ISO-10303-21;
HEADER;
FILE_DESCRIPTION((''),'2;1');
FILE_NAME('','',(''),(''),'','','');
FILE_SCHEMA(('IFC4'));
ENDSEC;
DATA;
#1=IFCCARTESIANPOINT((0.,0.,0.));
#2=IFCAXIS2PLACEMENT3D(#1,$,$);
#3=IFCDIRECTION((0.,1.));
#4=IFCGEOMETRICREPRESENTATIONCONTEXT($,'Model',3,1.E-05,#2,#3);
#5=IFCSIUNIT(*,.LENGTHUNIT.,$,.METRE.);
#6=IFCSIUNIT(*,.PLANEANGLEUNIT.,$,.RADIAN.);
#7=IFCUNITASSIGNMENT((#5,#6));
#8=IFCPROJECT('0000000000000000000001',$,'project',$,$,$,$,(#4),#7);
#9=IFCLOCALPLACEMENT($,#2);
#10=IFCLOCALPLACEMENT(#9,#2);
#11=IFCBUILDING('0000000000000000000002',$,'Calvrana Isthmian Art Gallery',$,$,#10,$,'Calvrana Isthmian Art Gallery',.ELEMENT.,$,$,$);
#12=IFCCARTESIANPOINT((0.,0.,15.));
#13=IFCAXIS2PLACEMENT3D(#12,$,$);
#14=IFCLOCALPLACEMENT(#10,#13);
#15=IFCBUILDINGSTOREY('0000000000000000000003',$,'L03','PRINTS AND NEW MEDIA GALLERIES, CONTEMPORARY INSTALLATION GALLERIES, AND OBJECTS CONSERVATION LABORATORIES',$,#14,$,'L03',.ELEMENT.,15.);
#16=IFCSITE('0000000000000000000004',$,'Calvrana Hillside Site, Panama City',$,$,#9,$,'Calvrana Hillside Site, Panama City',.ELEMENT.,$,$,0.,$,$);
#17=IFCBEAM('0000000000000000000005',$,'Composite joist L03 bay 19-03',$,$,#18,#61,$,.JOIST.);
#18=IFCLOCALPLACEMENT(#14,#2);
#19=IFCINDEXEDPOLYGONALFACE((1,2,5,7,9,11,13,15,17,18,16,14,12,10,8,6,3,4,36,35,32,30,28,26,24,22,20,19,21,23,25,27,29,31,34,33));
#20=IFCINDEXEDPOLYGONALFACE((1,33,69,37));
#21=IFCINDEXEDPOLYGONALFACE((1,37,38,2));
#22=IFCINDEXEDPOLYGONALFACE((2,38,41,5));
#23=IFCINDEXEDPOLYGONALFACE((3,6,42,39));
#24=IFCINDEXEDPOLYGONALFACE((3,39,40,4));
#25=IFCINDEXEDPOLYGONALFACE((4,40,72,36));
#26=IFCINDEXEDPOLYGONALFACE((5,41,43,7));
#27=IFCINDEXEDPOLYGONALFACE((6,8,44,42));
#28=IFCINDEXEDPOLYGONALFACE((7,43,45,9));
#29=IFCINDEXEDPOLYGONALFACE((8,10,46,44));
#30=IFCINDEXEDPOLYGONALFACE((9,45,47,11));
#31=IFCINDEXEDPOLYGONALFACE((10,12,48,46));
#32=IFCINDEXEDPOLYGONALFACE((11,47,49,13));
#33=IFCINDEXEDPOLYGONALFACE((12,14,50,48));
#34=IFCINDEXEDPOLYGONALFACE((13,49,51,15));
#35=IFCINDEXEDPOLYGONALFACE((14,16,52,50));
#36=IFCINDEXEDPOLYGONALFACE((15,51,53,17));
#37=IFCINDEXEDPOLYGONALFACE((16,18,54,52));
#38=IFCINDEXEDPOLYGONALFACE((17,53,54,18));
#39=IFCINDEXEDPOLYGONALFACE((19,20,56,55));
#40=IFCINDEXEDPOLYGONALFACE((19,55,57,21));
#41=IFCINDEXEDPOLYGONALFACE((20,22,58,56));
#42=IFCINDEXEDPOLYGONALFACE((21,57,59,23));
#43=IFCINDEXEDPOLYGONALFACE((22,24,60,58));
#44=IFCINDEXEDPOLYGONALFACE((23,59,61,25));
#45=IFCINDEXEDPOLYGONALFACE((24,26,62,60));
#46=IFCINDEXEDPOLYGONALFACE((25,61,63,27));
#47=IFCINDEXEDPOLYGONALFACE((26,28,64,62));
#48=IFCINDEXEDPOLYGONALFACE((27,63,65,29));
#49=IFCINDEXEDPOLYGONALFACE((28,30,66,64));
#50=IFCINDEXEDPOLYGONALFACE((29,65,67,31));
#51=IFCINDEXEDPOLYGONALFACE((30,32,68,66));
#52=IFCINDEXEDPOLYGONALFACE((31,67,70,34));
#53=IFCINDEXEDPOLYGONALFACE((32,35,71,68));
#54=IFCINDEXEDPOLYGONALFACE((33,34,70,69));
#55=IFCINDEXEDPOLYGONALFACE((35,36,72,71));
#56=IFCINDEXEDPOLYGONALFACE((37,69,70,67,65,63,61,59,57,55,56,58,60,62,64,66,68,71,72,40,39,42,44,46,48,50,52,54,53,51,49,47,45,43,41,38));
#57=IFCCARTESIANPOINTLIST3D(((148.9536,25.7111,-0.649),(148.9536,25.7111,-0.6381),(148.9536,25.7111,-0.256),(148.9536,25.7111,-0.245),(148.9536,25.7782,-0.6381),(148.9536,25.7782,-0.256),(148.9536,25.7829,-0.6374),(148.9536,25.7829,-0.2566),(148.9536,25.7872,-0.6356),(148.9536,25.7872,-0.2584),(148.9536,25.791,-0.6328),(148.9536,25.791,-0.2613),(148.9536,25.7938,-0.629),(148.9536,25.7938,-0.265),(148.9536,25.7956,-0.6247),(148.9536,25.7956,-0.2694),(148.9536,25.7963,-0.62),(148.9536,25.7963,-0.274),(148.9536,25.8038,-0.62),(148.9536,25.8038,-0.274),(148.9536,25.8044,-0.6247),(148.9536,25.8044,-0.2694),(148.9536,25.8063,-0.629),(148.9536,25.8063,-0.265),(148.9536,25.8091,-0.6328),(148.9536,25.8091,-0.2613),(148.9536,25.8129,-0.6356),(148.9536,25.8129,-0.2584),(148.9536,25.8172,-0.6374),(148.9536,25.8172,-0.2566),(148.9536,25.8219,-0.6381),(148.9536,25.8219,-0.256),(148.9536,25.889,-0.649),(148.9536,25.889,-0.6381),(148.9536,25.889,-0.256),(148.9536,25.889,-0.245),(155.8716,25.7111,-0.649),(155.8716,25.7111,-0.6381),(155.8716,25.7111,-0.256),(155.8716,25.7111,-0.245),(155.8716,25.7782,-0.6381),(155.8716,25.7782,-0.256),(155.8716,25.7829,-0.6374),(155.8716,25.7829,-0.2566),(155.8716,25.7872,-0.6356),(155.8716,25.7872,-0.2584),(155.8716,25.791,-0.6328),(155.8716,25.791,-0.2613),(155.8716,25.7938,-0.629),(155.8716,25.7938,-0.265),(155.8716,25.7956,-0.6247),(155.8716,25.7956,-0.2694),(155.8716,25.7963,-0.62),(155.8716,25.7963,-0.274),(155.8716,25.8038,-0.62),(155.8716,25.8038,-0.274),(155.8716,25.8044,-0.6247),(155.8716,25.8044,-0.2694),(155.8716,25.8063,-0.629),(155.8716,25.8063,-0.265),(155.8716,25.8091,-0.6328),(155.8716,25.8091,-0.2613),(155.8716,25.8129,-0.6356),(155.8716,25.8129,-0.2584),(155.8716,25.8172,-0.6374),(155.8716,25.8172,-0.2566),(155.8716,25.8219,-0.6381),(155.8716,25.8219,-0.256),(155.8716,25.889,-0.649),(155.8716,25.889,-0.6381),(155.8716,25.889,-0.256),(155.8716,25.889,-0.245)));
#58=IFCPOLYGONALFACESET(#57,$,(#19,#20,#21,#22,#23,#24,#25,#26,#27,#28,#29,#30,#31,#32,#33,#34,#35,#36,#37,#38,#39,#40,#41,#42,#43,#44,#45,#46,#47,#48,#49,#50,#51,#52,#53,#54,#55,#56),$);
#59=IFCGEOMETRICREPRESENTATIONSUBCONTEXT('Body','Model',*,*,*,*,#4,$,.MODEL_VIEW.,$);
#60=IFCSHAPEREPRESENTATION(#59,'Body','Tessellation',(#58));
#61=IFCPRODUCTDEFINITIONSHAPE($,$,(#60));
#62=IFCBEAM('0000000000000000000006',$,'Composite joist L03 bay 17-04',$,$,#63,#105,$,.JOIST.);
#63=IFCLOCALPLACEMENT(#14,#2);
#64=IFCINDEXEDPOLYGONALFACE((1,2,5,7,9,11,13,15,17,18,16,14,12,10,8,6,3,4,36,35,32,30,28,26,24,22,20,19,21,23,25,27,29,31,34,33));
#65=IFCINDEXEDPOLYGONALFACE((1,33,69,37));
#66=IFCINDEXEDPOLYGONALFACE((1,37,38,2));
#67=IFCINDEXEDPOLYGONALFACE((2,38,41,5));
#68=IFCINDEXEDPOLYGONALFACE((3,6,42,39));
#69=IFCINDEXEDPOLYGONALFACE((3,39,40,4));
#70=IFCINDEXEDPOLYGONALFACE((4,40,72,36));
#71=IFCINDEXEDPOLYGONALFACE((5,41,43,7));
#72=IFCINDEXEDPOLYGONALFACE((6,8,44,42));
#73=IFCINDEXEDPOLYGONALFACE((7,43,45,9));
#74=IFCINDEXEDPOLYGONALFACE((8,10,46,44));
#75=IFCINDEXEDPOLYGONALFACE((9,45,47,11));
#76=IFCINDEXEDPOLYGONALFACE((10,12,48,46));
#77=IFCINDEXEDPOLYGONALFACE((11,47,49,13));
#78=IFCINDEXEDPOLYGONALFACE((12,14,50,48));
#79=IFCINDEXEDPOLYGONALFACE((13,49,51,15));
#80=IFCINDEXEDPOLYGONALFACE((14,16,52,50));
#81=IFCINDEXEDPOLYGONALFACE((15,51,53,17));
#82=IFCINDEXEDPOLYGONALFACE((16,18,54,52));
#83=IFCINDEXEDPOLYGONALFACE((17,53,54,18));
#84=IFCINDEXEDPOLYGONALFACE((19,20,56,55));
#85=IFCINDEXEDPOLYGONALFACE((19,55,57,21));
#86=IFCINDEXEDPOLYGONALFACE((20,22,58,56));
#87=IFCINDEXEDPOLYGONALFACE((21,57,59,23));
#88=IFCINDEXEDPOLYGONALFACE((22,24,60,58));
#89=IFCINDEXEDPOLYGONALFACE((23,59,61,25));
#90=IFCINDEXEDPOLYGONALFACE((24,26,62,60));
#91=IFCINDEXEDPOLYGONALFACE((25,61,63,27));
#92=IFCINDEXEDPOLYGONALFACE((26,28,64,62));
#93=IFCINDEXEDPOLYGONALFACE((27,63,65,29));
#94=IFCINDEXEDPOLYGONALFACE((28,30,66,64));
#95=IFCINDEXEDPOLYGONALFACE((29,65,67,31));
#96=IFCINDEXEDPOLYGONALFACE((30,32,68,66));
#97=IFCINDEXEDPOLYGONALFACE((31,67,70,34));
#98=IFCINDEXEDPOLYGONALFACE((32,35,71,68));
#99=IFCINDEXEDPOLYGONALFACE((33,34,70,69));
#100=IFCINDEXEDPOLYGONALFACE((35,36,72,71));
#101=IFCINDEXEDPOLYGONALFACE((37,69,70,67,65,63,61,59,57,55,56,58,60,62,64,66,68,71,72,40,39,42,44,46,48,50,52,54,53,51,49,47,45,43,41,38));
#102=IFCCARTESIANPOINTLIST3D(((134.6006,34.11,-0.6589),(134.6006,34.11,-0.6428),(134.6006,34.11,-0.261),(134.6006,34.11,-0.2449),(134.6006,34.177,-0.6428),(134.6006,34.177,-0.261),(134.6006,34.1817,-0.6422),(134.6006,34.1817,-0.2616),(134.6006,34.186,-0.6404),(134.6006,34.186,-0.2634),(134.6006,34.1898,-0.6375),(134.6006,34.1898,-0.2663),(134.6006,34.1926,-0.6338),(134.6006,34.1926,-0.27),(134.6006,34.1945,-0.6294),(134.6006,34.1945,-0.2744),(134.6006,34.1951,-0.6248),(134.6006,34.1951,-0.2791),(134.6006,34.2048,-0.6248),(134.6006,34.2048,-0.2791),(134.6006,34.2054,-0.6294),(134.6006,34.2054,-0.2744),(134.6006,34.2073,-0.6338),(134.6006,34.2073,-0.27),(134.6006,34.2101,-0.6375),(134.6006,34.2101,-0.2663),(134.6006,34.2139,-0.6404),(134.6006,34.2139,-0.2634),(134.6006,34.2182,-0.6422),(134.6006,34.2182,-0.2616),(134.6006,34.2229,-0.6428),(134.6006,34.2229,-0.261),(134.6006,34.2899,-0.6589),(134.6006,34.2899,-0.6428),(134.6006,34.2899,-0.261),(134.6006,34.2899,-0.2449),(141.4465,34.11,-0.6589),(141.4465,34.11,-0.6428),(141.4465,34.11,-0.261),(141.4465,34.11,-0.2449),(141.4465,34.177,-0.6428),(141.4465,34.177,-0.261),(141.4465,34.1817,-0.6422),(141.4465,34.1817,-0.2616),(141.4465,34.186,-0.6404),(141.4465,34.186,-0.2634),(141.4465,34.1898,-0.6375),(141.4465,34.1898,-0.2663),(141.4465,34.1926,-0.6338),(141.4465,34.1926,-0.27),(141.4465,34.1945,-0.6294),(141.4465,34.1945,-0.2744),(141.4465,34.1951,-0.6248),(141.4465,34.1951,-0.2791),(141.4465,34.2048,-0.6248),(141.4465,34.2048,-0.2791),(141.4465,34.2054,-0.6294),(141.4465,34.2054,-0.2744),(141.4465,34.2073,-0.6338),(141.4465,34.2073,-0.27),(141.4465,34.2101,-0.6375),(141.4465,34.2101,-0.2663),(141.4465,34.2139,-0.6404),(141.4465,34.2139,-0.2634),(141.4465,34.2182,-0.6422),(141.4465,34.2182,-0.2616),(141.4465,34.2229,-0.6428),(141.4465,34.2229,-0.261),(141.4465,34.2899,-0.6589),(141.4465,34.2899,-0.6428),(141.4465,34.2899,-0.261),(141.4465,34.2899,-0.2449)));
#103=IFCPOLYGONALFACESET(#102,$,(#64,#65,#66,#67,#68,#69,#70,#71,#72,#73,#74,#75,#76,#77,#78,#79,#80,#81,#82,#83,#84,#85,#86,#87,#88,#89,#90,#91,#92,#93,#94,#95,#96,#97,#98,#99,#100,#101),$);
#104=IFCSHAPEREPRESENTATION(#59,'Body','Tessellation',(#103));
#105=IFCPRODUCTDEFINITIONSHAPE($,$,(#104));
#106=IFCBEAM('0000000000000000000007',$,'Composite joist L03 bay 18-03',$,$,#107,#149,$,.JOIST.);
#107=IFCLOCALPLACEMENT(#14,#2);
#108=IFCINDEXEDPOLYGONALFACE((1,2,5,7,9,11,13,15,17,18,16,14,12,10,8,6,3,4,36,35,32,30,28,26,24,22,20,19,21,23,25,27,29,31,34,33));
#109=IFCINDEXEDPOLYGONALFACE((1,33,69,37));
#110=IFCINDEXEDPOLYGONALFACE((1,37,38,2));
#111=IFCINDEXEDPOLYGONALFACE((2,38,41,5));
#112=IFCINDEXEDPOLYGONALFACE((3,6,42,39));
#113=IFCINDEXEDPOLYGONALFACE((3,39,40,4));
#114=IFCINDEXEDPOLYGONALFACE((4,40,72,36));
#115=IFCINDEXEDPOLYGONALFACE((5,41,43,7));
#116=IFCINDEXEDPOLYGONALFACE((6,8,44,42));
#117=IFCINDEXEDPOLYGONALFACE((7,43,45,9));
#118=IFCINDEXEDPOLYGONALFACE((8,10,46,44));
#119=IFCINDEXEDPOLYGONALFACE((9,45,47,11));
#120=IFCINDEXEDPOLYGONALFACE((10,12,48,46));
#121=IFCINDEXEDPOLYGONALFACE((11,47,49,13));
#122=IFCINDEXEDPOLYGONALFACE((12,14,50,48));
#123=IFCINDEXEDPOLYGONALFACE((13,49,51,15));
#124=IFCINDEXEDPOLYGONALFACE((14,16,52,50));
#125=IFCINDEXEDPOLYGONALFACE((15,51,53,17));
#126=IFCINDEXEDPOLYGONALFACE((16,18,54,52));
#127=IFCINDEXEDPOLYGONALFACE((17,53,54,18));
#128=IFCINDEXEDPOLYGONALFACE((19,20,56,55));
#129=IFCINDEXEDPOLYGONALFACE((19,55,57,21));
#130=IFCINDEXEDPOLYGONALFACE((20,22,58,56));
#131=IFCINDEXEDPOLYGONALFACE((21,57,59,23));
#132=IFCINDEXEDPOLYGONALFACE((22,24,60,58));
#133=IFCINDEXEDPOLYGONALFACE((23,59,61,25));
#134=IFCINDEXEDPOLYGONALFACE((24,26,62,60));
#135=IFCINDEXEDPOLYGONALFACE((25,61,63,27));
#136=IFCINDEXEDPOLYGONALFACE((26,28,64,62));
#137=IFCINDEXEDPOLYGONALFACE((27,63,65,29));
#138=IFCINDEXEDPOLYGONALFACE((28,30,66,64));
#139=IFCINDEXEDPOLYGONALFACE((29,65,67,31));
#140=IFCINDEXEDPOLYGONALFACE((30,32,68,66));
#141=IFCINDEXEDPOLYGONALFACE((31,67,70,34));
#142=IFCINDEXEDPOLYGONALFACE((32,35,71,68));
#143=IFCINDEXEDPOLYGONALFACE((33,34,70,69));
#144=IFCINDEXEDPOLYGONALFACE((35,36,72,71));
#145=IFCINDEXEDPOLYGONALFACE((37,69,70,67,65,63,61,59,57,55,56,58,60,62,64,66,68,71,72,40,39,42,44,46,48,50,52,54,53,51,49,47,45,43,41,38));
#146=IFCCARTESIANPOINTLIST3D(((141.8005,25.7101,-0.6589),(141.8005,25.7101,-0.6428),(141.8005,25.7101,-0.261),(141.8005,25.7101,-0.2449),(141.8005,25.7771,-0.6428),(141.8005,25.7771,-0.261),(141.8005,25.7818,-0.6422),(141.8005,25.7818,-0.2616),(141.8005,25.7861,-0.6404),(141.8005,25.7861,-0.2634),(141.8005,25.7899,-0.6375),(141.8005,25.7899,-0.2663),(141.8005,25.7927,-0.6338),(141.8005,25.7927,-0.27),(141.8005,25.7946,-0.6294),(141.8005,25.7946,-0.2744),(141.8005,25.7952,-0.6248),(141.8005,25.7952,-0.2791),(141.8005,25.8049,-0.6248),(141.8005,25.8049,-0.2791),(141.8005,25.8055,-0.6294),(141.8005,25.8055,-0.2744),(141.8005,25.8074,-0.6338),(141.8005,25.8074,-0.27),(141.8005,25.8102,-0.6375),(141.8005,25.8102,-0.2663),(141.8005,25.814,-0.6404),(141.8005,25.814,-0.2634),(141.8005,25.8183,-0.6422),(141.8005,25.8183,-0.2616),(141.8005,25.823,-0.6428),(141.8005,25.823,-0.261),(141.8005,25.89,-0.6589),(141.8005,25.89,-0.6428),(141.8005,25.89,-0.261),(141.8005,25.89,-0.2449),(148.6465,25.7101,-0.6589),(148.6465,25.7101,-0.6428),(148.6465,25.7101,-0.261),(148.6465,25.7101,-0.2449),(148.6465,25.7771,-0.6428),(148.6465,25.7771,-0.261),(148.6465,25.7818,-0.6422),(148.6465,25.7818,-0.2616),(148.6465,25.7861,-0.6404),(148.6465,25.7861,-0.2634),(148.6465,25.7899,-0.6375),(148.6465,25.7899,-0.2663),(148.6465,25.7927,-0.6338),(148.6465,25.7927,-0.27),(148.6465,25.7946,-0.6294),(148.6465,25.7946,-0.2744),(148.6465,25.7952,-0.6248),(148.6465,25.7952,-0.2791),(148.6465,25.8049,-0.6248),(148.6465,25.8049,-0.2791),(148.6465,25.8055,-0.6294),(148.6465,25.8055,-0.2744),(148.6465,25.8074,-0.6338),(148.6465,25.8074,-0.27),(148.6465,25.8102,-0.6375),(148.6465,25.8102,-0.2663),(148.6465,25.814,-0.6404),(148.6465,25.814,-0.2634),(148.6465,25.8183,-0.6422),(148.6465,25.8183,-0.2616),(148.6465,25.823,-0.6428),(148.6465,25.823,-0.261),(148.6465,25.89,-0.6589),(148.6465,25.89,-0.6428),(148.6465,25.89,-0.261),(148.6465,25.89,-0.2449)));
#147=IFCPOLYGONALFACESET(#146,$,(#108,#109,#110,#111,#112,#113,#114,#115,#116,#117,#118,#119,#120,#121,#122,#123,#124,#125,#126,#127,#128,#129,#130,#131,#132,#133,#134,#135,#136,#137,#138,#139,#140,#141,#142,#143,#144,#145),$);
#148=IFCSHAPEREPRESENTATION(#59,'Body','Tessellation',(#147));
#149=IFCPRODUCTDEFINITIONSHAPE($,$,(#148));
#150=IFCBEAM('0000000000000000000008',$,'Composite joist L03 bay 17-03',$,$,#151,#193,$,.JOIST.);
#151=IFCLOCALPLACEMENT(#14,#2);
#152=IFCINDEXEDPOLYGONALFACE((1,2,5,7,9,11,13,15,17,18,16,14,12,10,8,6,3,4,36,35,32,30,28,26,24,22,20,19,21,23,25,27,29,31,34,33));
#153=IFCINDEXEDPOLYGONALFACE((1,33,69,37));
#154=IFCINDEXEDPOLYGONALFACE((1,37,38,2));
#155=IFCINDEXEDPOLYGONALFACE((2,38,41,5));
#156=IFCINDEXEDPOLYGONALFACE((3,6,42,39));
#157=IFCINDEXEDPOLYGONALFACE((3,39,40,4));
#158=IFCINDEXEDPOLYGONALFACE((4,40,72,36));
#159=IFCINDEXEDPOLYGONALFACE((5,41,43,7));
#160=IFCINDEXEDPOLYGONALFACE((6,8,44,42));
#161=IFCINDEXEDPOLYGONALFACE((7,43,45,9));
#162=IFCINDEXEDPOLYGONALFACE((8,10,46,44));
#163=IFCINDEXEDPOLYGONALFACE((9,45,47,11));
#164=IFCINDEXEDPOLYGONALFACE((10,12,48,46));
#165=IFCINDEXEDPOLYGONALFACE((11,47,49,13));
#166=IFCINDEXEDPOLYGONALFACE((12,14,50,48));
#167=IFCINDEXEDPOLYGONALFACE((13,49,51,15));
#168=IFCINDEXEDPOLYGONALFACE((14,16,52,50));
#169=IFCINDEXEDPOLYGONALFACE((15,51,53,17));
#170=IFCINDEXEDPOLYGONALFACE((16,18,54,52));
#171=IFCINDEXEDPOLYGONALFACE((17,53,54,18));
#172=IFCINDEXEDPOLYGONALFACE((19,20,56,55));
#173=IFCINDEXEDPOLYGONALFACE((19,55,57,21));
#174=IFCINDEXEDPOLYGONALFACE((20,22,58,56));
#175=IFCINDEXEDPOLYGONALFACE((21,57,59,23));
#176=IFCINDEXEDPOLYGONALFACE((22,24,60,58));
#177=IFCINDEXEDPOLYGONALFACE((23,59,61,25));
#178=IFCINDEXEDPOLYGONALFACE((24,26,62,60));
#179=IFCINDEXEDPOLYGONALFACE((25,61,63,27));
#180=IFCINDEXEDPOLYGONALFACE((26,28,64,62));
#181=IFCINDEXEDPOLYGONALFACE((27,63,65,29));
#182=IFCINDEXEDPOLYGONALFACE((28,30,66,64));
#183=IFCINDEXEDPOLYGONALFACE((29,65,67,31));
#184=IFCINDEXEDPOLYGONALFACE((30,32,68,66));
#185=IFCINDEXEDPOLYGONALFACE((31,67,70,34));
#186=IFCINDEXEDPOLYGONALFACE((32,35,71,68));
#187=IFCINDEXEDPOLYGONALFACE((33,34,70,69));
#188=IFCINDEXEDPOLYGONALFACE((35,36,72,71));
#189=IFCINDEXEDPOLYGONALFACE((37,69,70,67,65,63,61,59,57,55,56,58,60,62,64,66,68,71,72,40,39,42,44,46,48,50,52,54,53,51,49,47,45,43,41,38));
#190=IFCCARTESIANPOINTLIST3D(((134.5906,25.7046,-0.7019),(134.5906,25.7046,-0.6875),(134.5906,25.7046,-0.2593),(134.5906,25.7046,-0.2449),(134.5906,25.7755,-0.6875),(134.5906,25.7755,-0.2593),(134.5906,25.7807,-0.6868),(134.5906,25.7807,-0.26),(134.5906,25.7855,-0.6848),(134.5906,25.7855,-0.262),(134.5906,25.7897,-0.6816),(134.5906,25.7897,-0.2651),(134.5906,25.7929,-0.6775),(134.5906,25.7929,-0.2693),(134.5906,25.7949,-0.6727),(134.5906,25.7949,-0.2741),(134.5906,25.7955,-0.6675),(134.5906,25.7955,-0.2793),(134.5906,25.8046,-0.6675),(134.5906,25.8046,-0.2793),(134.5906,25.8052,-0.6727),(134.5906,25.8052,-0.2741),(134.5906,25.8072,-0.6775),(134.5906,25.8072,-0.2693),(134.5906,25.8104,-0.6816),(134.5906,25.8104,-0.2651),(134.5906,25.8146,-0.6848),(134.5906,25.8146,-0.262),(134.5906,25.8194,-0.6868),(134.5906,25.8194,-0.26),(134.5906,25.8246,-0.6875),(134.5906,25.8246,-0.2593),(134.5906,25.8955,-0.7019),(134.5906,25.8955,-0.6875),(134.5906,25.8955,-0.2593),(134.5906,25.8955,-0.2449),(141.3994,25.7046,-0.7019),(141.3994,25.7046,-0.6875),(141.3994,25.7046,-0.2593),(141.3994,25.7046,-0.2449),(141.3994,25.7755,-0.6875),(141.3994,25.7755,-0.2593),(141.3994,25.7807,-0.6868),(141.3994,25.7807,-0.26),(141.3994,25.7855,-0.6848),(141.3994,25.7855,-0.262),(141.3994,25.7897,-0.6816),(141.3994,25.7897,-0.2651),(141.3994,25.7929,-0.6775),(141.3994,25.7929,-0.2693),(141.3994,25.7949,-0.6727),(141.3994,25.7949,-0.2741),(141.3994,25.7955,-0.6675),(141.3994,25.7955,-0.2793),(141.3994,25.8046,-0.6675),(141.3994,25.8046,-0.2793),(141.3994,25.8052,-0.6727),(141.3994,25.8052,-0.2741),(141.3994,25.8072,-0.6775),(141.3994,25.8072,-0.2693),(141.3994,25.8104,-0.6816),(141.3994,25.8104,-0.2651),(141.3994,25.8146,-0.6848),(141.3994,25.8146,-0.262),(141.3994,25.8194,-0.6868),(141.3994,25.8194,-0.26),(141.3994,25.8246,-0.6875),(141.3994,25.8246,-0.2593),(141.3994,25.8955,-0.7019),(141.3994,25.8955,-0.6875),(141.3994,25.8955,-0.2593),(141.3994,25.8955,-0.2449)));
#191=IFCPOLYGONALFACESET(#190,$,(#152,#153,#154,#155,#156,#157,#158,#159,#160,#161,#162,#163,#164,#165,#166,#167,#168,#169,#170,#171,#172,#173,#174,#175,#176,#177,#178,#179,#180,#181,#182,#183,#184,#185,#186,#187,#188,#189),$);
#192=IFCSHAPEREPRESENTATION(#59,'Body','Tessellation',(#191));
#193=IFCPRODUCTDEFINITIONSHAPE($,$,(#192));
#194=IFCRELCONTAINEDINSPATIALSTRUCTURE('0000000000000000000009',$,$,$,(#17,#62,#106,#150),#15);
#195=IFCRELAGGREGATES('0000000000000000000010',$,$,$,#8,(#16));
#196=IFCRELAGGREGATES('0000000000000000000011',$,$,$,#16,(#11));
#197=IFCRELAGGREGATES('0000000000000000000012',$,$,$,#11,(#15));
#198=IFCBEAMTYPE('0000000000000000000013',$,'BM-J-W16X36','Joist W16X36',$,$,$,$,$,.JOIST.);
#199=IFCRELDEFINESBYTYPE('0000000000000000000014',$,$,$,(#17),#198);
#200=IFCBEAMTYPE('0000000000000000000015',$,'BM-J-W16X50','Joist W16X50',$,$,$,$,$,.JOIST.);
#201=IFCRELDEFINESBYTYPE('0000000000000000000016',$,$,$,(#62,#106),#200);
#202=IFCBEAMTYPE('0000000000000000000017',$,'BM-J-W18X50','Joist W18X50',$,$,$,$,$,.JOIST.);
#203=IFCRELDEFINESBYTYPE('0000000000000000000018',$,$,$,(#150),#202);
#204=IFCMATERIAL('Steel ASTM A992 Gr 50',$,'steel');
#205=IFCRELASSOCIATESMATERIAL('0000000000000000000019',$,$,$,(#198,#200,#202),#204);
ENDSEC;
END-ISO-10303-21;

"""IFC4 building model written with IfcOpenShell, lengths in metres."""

from ifc_helpers import new_model, si_unit, direction, frame, origin, origin_2d, place, context, subcontext, project, spatial, i_section, extrude, material, material_profile, profile_set, type_object, element, save


model = new_model("IFC4")

# Units and contexts
model_context = context("Model", 3, precision=1e-05, world=origin(), true_north=direction((0.0, 1.0)))
body_context = subcontext(model_context, "Body", "Model", "MODEL_VIEW")
ifc_project = project(units=[si_unit("LENGTHUNIT", "METRE"), si_unit("PLANEANGLEUNIT", "RADIAN")], contexts=[model_context])

# Site, building, storey
site_placement = place(None, origin())
site = spatial("IfcSite", under=ifc_project, at=site_placement, Name="Calvrana Hillside Site, Panama City", LongName="Calvrana Hillside Site, Panama City", CompositionType="ELEMENT", RefElevation=0.0)
building_placement = place(site_placement, origin())
building = spatial("IfcBuilding", under=site, at=building_placement, Name="Calvrana Isthmian Art Gallery", LongName="Calvrana Isthmian Art Gallery", CompositionType="ELEMENT")
storey_placement = place(building_placement, frame((0.0, 0.0, 15.0)))
storey = spatial("IfcBuildingStorey", under=building, at=storey_placement, Name="L03", Description="PRINTS AND NEW MEDIA GALLERIES, CONTEMPORARY INSTALLATION GALLERIES, AND OBJECTS CONSERVATION LABORATORIES", LongName="L03", CompositionType="ELEMENT", Elevation=15.0)

# Shared definitions
ifc_material_1 = material(Name="Steel ASTM A992 Gr 50", Category="steel")

# Beams
ifc_material_profile_1 = material_profile(ifc_material_1, i_section(OverallWidth=0.178, OverallDepth=0.4041, WebThickness=0.0076, FlangeThickness=0.011, FilletRadius=0.0181, at=origin_2d()), Name="W16X36")
ifc_profile_set_1 = profile_set([ifc_material_profile_1], Name="Steel ASTM A992 Gr 50")
beam_type_1 = type_object("IfcBeamType", Name="BM-J-W16X36", Description="Joist W16X36", PredefinedType="JOIST", material=ifc_profile_set_1)
for number, where, z_axis, x_axis, name in (
    (1, (148.9536, 25.8, -0.447), (1.0, 0.0, 0.0), (0.0, 1.0, 0.0), "Composite joist L03 bay 19-03"),
):
    element("IfcBeam", number, at=place(storey_placement, frame(where, z_axis=z_axis, x_axis=x_axis)), inside=storey, type_object=beam_type_1, Name=name, PredefinedType="JOIST", context=body_context, shape_type="SweptSolid", body=[
        extrude(i_section(OverallWidth=0.178, OverallDepth=0.4041, WebThickness=0.0076, FlangeThickness=0.011, FilletRadius=0.0181, at=origin_2d()), origin(), (0.0, 0.0, 1.0), 6.918),
    ])
ifc_material_profile_2 = material_profile(ifc_material_1, i_section(OverallWidth=0.1799, OverallDepth=0.4141, WebThickness=0.0098, FlangeThickness=0.0161, FilletRadius=0.0181, at=origin_2d()), Name="W16X50")
ifc_profile_set_2 = profile_set([ifc_material_profile_2], Name="Steel ASTM A992 Gr 50")
beam_type_2 = type_object("IfcBeamType", Name="BM-J-W16X50", Description="Joist W16X50", PredefinedType="JOIST", material=ifc_profile_set_2)
for number, where, z_axis, x_axis, name in (
    (2, (134.6006, 34.2, -0.4519), (1.0, 0.0, 0.0), (0.0, 1.0, 0.0), "Composite joist L03 bay 17-04"),
    (3, (141.8005, 25.8, -0.4519), (1.0, 0.0, 0.0), (0.0, 1.0, 0.0), "Composite joist L03 bay 18-03"),
):
    element("IfcBeam", number, at=place(storey_placement, frame(where, z_axis=z_axis, x_axis=x_axis)), inside=storey, type_object=beam_type_2, Name=name, PredefinedType="JOIST", context=body_context, shape_type="SweptSolid", body=[
        extrude(i_section(OverallWidth=0.1799, OverallDepth=0.4141, WebThickness=0.0098, FlangeThickness=0.0161, FilletRadius=0.0181, at=origin_2d()), origin(), (0.0, 0.0, 1.0), 6.8459),
    ])
ifc_material_profile_3 = material_profile(ifc_material_1, i_section(OverallWidth=0.1909, OverallDepth=0.457, WebThickness=0.009, FlangeThickness=0.0144, FilletRadius=0.02, at=origin_2d()), Name="W18X50")
ifc_profile_set_3 = profile_set([ifc_material_profile_3], Name="Steel ASTM A992 Gr 50")
beam_type_3 = type_object("IfcBeamType", Name="BM-J-W18X50", Description="Joist W18X50", PredefinedType="JOIST", material=ifc_profile_set_3)
beam_1_placement = place(storey_placement, frame((134.5906, 25.8, -0.4734), z_axis=(1.0, 0.0, 0.0), x_axis=(0.0, 1.0, 0.0)))
element("IfcBeam", 4, at=beam_1_placement, inside=storey, type_object=beam_type_3, Name="Composite joist L03 bay 17-03", PredefinedType="JOIST", context=body_context, shape_type="SweptSolid", body=[
    extrude(i_section(OverallWidth=0.1909, OverallDepth=0.457, WebThickness=0.009, FlangeThickness=0.0144, FilletRadius=0.02, at=origin_2d()), origin(), (0.0, 0.0, 1.0), 6.8088),
])

save(model, "model.ifc")
